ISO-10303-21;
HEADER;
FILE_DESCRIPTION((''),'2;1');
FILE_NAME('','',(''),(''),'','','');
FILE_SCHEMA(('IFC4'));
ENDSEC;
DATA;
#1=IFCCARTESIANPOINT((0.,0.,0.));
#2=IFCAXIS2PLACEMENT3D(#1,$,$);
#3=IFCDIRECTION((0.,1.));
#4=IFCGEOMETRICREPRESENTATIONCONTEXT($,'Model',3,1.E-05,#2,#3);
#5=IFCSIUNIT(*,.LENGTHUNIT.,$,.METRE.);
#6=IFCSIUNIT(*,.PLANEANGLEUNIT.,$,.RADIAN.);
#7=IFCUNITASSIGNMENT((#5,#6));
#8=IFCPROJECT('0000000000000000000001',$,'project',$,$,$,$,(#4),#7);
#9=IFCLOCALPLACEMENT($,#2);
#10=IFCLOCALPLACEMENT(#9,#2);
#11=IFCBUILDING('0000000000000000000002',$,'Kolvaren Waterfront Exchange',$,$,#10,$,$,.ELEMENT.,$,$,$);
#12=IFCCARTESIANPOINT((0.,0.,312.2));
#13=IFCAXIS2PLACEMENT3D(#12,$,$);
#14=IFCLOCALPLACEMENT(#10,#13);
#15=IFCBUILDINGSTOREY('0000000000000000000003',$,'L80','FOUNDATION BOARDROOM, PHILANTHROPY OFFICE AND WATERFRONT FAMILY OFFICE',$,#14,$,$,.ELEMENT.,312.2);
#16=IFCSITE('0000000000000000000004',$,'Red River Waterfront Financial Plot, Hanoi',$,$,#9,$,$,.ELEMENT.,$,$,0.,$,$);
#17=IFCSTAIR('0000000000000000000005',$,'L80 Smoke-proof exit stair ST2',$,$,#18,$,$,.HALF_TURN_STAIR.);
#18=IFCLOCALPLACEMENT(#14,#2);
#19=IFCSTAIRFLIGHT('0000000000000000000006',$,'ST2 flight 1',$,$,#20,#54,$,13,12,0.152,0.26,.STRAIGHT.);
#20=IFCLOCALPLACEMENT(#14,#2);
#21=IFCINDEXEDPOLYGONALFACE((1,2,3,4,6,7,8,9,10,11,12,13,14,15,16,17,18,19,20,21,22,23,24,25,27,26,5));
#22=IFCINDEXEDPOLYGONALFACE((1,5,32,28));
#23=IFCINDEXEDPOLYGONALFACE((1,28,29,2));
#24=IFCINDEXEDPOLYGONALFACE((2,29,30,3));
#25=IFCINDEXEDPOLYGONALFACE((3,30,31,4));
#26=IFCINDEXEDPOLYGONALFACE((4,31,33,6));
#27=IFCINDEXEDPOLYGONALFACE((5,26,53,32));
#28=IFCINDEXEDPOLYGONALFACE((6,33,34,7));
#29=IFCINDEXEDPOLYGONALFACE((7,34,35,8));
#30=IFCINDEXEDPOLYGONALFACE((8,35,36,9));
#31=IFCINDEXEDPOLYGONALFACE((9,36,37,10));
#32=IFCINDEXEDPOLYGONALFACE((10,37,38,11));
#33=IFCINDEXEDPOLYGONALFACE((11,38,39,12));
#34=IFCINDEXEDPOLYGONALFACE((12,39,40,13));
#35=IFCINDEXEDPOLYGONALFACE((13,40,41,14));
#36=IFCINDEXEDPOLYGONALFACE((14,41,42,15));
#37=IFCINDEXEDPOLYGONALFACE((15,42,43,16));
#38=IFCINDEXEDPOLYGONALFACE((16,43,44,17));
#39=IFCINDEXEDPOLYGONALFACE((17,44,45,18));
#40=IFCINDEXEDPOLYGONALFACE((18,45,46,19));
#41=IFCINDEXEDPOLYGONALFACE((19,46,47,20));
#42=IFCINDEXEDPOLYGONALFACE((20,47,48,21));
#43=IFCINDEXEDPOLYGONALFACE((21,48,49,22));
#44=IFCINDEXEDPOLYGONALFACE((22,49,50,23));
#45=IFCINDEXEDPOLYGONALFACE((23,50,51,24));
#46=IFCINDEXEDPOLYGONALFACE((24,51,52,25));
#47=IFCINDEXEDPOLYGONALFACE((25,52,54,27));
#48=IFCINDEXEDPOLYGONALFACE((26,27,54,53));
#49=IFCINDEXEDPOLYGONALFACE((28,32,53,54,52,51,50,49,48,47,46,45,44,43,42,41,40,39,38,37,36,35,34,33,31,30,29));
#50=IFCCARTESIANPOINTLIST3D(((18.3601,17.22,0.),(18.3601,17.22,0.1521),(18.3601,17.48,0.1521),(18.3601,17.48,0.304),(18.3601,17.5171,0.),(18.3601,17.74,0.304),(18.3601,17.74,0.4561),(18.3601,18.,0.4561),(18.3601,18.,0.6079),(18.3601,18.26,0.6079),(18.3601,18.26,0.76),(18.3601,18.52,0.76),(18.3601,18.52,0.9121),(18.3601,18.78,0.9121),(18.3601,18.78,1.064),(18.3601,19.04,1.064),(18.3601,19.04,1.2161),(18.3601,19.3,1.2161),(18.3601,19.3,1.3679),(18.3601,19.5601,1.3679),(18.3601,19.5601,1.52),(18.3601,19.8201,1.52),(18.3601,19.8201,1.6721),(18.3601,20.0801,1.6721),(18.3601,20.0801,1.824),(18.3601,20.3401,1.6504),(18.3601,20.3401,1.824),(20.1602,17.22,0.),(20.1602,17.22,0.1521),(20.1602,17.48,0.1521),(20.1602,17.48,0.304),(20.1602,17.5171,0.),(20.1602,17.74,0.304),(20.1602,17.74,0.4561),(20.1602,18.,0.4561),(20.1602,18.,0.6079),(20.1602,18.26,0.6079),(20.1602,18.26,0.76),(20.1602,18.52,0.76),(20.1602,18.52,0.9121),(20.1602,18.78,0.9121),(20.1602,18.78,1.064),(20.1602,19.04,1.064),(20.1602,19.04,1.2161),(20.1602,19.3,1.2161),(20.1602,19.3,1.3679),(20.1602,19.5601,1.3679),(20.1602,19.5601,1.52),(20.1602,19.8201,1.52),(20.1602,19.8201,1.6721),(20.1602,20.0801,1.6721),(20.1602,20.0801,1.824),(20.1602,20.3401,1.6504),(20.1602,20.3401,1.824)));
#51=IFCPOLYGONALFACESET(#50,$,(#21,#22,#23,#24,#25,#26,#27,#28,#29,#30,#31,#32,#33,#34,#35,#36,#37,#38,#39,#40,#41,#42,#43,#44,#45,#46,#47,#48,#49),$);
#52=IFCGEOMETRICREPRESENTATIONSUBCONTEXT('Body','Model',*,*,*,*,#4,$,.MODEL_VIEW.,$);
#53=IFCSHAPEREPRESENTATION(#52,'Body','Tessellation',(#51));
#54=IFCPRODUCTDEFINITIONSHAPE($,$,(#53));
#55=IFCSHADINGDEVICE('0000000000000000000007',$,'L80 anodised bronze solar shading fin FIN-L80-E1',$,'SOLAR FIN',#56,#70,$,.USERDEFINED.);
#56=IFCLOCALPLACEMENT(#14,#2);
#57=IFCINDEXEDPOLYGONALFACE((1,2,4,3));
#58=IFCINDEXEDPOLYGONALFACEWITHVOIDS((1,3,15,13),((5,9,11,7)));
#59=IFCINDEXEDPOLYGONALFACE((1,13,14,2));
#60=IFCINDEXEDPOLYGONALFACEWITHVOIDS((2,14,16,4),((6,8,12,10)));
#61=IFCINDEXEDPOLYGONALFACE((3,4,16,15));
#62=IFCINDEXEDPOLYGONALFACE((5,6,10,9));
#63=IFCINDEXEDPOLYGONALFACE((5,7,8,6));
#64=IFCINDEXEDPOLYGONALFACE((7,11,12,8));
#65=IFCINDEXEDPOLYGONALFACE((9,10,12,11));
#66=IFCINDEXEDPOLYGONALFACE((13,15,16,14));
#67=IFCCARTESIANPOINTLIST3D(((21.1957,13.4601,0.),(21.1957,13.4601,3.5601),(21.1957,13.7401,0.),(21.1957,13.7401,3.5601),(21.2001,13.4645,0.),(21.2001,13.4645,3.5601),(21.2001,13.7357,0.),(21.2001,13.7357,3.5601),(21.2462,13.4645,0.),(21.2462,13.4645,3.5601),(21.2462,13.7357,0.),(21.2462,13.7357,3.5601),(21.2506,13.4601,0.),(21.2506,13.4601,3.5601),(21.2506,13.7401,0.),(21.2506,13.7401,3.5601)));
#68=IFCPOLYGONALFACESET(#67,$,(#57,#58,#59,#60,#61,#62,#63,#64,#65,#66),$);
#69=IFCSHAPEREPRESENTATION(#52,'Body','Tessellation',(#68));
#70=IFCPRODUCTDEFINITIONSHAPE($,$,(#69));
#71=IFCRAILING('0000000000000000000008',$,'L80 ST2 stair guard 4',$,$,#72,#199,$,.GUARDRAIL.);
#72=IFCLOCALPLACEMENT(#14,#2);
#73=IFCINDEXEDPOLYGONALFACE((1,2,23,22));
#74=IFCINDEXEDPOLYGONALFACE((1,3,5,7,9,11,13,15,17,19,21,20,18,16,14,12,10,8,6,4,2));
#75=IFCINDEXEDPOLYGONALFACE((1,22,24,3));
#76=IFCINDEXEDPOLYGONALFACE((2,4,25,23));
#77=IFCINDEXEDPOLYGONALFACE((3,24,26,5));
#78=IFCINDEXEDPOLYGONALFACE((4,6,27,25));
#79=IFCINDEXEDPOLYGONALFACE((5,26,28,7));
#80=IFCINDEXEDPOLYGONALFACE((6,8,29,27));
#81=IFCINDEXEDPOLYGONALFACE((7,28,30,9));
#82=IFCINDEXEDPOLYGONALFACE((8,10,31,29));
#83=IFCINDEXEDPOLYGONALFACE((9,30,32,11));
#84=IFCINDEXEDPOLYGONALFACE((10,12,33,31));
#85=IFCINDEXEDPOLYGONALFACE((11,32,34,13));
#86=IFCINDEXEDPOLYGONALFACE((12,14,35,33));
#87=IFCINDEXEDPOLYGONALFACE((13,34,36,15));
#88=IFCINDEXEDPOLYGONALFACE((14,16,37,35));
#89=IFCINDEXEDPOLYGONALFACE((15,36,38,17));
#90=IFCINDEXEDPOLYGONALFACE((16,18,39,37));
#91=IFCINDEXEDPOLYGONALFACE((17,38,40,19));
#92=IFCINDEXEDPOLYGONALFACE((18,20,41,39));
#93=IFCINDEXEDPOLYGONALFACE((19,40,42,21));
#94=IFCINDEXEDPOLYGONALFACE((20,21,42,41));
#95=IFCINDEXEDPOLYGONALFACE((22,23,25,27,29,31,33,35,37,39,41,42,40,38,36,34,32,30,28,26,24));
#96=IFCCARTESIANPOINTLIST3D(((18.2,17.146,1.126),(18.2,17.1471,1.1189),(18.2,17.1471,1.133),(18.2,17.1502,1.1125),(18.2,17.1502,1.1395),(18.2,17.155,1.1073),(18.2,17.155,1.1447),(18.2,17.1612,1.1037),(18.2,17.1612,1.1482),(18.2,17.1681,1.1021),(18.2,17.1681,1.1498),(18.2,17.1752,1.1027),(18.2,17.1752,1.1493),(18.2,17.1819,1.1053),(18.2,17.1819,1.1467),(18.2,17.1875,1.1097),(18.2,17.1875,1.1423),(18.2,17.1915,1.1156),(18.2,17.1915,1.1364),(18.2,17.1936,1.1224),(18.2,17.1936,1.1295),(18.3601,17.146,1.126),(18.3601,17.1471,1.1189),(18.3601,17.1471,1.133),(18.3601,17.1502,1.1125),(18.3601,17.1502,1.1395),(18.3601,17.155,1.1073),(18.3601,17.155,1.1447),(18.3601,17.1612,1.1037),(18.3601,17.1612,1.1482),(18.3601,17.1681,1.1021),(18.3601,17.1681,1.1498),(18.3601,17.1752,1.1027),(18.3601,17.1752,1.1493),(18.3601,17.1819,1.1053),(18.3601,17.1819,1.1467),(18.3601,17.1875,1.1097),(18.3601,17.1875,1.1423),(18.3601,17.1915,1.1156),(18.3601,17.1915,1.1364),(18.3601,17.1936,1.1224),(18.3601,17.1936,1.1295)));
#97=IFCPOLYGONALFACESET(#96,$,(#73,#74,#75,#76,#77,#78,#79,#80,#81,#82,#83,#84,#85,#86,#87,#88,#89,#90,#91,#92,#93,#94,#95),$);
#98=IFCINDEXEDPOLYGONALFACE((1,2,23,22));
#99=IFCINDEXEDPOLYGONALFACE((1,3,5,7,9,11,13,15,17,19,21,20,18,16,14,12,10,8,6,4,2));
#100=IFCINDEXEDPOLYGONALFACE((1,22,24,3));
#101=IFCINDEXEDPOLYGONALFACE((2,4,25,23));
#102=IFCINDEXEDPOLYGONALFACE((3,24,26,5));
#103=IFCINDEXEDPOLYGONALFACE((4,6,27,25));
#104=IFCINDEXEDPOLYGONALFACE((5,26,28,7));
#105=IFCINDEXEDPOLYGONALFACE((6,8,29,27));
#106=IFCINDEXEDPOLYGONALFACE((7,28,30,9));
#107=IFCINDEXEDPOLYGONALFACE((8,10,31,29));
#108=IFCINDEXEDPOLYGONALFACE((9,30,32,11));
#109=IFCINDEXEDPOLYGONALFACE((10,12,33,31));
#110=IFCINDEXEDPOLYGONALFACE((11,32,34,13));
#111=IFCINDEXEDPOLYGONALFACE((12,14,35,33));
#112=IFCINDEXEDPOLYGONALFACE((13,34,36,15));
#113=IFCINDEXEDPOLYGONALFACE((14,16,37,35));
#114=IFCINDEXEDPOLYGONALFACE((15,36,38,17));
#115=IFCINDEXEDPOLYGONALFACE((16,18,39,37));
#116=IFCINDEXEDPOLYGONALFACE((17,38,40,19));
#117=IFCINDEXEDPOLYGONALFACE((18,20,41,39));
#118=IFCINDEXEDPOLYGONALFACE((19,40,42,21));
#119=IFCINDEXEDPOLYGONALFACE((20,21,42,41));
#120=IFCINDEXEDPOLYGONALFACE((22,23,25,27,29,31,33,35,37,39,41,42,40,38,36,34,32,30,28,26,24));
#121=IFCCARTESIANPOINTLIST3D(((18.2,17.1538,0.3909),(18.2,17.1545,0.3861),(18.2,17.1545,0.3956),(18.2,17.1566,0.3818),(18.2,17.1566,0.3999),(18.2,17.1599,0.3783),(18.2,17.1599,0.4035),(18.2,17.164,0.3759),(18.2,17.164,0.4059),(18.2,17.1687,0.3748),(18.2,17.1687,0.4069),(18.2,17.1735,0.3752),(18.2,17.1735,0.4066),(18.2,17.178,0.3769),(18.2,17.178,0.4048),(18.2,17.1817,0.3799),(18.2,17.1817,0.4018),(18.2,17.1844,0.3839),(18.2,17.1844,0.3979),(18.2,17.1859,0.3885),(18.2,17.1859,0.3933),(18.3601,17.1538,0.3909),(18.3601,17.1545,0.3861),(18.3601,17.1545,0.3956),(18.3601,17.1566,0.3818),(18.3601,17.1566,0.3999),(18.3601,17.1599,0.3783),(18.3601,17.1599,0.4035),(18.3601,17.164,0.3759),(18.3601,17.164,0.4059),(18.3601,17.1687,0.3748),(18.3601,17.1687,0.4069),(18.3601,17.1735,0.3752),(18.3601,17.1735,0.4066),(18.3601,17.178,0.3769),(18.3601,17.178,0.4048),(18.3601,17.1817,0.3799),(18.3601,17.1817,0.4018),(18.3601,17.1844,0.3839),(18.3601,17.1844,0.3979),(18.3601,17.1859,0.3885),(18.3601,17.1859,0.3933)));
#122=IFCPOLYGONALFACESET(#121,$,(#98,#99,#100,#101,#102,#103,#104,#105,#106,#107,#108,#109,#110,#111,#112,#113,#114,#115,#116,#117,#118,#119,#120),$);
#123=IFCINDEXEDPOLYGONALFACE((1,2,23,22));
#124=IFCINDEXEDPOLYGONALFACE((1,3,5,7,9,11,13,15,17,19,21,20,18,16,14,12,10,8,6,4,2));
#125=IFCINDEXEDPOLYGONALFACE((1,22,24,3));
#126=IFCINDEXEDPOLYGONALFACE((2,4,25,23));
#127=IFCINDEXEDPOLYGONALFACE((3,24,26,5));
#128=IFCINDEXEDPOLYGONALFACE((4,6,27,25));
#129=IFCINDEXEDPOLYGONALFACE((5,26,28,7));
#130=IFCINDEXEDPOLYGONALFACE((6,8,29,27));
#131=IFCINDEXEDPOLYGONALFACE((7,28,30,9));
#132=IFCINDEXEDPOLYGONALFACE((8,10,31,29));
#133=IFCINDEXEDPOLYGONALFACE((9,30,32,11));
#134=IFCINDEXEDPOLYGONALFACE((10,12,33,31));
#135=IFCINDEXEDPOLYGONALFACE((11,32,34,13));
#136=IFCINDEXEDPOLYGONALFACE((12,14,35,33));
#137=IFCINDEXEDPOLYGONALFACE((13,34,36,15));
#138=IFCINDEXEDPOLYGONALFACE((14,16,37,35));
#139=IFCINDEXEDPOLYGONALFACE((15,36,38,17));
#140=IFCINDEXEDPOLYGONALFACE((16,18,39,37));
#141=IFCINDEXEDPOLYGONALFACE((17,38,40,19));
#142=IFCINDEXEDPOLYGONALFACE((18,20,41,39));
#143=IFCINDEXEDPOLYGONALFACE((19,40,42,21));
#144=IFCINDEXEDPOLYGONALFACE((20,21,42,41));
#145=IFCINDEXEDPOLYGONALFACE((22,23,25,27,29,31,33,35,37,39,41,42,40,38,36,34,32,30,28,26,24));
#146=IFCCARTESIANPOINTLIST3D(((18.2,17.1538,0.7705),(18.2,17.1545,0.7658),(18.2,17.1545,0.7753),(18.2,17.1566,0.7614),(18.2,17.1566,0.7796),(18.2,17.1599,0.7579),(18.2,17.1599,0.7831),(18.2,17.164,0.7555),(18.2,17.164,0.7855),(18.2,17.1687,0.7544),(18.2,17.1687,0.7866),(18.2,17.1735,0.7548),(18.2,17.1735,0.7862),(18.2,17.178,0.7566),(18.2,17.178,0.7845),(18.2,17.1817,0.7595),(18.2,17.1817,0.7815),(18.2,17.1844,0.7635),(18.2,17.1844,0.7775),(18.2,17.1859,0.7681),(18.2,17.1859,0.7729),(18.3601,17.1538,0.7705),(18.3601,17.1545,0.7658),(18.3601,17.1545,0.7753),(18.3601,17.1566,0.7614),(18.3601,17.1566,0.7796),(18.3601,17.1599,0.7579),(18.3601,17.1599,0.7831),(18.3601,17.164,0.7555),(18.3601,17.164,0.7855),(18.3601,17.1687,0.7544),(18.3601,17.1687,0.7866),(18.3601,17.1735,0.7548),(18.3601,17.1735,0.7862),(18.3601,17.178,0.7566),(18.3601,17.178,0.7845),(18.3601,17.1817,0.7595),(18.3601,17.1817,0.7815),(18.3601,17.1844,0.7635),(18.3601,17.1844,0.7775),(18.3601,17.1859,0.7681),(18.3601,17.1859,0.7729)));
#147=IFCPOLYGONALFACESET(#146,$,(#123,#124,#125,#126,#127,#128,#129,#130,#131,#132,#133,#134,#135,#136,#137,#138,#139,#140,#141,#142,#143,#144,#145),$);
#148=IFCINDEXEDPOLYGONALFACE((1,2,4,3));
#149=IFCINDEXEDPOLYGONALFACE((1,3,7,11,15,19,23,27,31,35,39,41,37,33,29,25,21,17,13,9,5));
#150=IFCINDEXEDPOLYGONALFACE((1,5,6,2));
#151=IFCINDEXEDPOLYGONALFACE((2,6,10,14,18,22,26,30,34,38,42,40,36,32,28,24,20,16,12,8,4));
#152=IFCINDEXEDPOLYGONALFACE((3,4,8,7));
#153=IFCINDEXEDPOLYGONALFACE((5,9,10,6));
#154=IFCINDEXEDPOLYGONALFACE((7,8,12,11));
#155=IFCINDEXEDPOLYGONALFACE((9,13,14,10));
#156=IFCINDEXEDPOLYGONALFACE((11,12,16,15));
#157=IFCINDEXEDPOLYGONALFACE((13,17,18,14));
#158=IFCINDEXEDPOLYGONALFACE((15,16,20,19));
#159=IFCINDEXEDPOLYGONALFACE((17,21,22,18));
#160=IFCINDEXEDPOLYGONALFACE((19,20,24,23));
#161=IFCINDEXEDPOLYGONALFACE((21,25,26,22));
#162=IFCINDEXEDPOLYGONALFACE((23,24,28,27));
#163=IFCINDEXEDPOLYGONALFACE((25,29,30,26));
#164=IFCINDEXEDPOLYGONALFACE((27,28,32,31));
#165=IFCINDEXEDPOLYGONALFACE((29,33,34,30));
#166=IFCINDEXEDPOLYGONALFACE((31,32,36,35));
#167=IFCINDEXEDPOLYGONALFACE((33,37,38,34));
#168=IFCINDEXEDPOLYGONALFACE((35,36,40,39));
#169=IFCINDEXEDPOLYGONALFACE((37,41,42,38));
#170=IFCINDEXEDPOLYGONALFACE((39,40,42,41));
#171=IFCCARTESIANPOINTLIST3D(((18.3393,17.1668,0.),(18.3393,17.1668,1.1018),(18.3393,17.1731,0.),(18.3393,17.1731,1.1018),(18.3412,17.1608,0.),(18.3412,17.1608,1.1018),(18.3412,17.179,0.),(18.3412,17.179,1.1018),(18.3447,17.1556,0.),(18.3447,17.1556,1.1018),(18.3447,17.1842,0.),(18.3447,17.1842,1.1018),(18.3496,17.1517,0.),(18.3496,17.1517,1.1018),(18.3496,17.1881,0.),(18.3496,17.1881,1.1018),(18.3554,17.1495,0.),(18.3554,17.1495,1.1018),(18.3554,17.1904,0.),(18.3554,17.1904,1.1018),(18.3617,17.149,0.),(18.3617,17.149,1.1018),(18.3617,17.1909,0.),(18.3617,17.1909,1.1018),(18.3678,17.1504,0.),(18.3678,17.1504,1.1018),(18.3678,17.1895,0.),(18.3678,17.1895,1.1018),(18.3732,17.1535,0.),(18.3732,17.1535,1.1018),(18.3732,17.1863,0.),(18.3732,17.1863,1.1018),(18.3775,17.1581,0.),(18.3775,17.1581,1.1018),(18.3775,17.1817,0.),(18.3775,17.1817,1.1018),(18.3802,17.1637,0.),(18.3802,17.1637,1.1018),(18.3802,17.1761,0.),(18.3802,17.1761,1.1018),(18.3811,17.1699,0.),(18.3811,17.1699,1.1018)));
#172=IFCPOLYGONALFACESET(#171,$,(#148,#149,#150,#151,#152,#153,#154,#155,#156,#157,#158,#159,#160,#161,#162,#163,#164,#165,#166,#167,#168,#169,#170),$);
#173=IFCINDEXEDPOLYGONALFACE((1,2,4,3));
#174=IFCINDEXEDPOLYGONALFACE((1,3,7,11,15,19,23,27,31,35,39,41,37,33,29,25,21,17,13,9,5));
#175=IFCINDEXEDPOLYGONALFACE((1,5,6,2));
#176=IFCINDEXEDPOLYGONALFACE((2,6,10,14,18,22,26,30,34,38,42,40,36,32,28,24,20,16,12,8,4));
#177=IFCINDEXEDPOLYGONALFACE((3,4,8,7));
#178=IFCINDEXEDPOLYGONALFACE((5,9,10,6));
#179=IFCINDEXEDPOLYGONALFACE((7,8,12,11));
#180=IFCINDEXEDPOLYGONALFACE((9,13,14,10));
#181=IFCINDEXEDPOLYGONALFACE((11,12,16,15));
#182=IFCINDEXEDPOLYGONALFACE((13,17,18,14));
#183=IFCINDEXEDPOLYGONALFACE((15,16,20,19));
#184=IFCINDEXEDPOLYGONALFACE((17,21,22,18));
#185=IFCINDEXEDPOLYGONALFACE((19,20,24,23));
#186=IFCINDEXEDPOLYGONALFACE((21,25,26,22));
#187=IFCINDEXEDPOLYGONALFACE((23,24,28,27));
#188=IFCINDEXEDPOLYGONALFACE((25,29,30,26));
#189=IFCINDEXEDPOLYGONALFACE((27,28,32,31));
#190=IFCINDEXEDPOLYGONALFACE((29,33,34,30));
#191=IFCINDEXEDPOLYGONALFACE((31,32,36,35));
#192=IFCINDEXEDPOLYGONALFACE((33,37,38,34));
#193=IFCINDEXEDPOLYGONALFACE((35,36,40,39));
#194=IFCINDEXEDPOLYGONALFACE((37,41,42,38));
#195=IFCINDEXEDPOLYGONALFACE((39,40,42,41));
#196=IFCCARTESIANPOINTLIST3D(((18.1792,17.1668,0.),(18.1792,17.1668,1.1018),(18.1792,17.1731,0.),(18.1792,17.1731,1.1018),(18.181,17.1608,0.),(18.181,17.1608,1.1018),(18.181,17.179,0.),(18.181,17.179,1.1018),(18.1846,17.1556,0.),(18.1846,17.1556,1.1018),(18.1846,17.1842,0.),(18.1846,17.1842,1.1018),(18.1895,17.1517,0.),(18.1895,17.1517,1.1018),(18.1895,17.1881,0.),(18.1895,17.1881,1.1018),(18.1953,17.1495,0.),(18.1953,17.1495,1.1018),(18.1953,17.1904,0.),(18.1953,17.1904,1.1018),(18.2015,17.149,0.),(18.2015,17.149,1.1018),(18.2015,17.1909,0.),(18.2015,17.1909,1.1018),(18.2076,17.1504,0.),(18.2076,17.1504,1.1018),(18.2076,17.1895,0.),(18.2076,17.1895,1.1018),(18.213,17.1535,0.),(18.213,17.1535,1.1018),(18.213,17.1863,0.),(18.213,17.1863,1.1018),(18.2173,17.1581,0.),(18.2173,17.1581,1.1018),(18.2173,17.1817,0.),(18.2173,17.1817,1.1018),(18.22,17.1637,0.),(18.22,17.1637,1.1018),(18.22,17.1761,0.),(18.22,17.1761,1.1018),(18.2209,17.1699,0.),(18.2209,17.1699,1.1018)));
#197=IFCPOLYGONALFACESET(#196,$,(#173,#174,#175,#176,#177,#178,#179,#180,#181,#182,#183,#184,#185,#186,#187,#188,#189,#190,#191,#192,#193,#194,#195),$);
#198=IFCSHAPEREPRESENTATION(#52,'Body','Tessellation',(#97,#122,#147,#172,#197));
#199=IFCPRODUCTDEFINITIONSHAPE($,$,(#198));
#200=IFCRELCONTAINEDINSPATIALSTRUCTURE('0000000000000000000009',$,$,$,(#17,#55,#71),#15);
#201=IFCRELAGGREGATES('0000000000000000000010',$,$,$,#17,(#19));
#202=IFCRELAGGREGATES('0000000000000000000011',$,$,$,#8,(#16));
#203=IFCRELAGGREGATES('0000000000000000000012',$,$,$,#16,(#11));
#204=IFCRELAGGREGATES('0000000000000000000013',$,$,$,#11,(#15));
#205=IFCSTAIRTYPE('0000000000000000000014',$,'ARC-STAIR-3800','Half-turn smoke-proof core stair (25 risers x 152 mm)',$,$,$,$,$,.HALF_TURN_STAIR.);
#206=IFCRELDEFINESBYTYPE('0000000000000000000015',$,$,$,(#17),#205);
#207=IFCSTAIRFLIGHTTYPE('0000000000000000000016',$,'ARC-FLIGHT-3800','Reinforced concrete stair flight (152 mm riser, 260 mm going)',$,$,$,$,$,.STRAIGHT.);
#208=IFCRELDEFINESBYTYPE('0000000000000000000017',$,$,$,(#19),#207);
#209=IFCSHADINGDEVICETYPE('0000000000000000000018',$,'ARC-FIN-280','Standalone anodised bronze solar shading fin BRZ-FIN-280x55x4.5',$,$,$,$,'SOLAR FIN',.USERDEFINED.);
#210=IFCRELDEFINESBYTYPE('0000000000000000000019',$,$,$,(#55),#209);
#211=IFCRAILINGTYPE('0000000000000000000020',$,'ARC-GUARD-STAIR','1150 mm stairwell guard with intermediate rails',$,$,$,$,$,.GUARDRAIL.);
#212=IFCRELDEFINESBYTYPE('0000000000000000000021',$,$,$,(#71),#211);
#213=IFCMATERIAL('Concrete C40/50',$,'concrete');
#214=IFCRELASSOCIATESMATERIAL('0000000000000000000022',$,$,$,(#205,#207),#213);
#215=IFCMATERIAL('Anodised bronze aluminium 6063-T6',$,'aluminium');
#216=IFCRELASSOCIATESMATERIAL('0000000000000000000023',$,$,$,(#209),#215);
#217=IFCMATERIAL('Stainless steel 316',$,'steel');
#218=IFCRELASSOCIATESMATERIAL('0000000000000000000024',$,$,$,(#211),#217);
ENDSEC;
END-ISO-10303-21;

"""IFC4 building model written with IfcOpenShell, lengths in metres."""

from ifc_helpers import new_model, si_unit, direction, frame, origin, origin_2d, place, context, subcontext, project, spatial, polyline, hollow_rectangle, circle, outline, extrude, material, material_profile, profile_set, type_object, element, aggregate, save


model = new_model("IFC4")

# Units and contexts
model_context = context("Model", 3, precision=1e-05, world=origin(), true_north=direction((0.0, 1.0)))
body_context = subcontext(model_context, "Body", "Model", "MODEL_VIEW")
ifc_project = project(units=[si_unit("LENGTHUNIT", "METRE"), si_unit("PLANEANGLEUNIT", "RADIAN")], contexts=[model_context])

# Site, building, storey
site_placement = place(None, origin())
site = spatial("IfcSite", under=ifc_project, at=site_placement, Name="Red River Waterfront Financial Plot, Hanoi", CompositionType="ELEMENT", RefElevation=0.0)
building_placement = place(site_placement, origin())
building = spatial("IfcBuilding", under=site, at=building_placement, Name="Kolvaren Waterfront Exchange", CompositionType="ELEMENT")
storey_placement = place(building_placement, frame((0.0, 0.0, 312.2)))
storey = spatial("IfcBuildingStorey", under=building, at=storey_placement, Name="L80", Description="FOUNDATION BOARDROOM, PHILANTHROPY OFFICE AND WATERFRONT FAMILY OFFICE", CompositionType="ELEMENT", Elevation=312.2)

# Shared definitions
ifc_material_1 = material(Name="Concrete C40/50", Category="concrete")

# Stair, stair flight
stair_type = type_object("IfcStairType", Name="ARC-STAIR-3800", Description="Half-turn smoke-proof core stair (25 risers x 152 mm)", PredefinedType="HALF_TURN_STAIR", material=ifc_material_1)
stair_placement = place(storey_placement, origin())
stair = element("IfcStair", 1, at=stair_placement, inside=storey, type_object=stair_type, Name="L80 Smoke-proof exit stair ST2", PredefinedType="HALF_TURN_STAIR")
stair_flight_type = type_object("IfcStairFlightType", Name="ARC-FLIGHT-3800", Description="Reinforced concrete stair flight (152 mm riser, 260 mm going)", PredefinedType="STRAIGHT", material=ifc_material_1)
stair_flight_placement = place(storey_placement, frame((19.26, 17.22, 0.0), z_axis=(0.0, 0.0, 1.0), x_axis=(0.0, 1.0, 0.0)))
stair_flight = element("IfcStairFlight", 2, at=stair_flight_placement, type_object=stair_flight_type, Name="ST2 flight 1", NumberOfRisers=13, NumberOfTreads=12, PredefinedType="STRAIGHT", RiserHeight=0.152, TreadLength=0.26, context=body_context, shape_type="SweptSolid", body=[
    extrude(outline(polyline([(0.0, 0.0), (0.0, 0.1521), (0.26, 0.1521), (0.26, 0.304), (0.52, 0.304), (0.52, 0.4561), (0.78, 0.4561), (0.78, 0.6079), (1.04, 0.6079), (1.04, 0.76), (1.3, 0.76), (1.3, 0.9121), (1.5601, 0.9121), (1.5601, 1.064), (1.8201, 1.064), (1.8201, 1.2161), (2.0801, 1.2161), (2.0801, 1.3679), (2.3401, 1.3679), (2.3401, 1.52), (2.6001, 1.52), (2.6001, 1.6721), (2.8601, 1.6721), (2.8601, 1.824), (3.1201, 1.824), (3.1201, 1.9761), (3.1201, 1.6504), (0.2971, 0.0), (0.0, 0.0)])), frame((0.0, 0.8999, 0.0), z_axis=(0.0, -1.0, 0.0), x_axis=(1.0, 0.0, 0.0)), (0.0, 0.0, 1.0), 1.8),
])
aggregate(stair, [stair_flight])

# Shading device
ifc_material_2 = material(Name="Anodised bronze aluminium 6063-T6", Category="aluminium")
ifc_material_profile_1 = material_profile(ifc_material_2, hollow_rectangle(XDim=0.0549, YDim=0.28, WallThickness=0.0044, at=origin_2d()), Name="BRZ-FIN-280x55x4.5")
ifc_profile_set_1 = profile_set([ifc_material_profile_1], Name="Anodised bronze aluminium 6063-T6")
shading_device_type = type_object("IfcShadingDeviceType", Name="ARC-FIN-280", Description="Standalone anodised bronze solar shading fin BRZ-FIN-280x55x4.5", ElementType="SOLAR FIN", PredefinedType="USERDEFINED", material=ifc_profile_set_1)
shading_device_placement = place(storey_placement, frame((21.2231, 13.6001, 0.0), z_axis=(0.0, 0.0, 1.0), x_axis=(1.0, 0.0, 0.0)))
element("IfcShadingDevice", 3, at=shading_device_placement, inside=storey, type_object=shading_device_type, Name="L80 anodised bronze solar shading fin FIN-L80-E1", ObjectType="SOLAR FIN", PredefinedType="USERDEFINED", context=body_context, shape_type="SweptSolid", body=[
    extrude(hollow_rectangle(XDim=0.0549, YDim=0.28, WallThickness=0.0044, at=origin_2d()), origin(), (0.0, 0.0, 1.0), 3.5601),
])

# Railing
ifc_material_3 = material(Name="Stainless steel 316", Category="steel")
railing_type_1 = type_object("IfcRailingType", Name="ARC-GUARD-STAIR", Description="1150 mm stairwell guard with intermediate rails", PredefinedType="GUARDRAIL", material=ifc_material_3)
railing_1_placement = place(storey_placement, frame((18.3601, 17.1699, 0.0)))
element("IfcRailing", 4, at=railing_1_placement, inside=storey, type_object=railing_type_1, Name="L80 ST2 stair guard 4", PredefinedType="GUARDRAIL", context=body_context, shape_type="SweptSolid", body=[
    extrude(circle(Radius=0.0239, at=origin_2d()), frame((0.0, 0.0, 1.126), z_axis=(-1.0, 0.0, 0.0), x_axis=(0.0, -1.0, 0.0)), (0.0, 0.0, 1.0), 0.1602),
    extrude(circle(Radius=0.0161, at=origin_2d()), frame((0.0, 0.0, 0.3909), z_axis=(-1.0, 0.0, 0.0), x_axis=(0.0, -1.0, 0.0)), (0.0, 0.0, 1.0), 0.1602),
    extrude(circle(Radius=0.0161, at=origin_2d()), frame((0.0, 0.0, 0.7705), z_axis=(-1.0, 0.0, 0.0), x_axis=(0.0, -1.0, 0.0)), (0.0, 0.0, 1.0), 0.1602),
    extrude(circle(Radius=0.021, at=origin_2d()), origin(), (0.0, 0.0, 1.0), 1.1018),
    extrude(circle(Radius=0.021, at=origin_2d()), frame((-0.1602, 0.0, 0.0)), (0.0, 0.0, 1.0), 1.1018),
])

save(model, "model.ifc")
